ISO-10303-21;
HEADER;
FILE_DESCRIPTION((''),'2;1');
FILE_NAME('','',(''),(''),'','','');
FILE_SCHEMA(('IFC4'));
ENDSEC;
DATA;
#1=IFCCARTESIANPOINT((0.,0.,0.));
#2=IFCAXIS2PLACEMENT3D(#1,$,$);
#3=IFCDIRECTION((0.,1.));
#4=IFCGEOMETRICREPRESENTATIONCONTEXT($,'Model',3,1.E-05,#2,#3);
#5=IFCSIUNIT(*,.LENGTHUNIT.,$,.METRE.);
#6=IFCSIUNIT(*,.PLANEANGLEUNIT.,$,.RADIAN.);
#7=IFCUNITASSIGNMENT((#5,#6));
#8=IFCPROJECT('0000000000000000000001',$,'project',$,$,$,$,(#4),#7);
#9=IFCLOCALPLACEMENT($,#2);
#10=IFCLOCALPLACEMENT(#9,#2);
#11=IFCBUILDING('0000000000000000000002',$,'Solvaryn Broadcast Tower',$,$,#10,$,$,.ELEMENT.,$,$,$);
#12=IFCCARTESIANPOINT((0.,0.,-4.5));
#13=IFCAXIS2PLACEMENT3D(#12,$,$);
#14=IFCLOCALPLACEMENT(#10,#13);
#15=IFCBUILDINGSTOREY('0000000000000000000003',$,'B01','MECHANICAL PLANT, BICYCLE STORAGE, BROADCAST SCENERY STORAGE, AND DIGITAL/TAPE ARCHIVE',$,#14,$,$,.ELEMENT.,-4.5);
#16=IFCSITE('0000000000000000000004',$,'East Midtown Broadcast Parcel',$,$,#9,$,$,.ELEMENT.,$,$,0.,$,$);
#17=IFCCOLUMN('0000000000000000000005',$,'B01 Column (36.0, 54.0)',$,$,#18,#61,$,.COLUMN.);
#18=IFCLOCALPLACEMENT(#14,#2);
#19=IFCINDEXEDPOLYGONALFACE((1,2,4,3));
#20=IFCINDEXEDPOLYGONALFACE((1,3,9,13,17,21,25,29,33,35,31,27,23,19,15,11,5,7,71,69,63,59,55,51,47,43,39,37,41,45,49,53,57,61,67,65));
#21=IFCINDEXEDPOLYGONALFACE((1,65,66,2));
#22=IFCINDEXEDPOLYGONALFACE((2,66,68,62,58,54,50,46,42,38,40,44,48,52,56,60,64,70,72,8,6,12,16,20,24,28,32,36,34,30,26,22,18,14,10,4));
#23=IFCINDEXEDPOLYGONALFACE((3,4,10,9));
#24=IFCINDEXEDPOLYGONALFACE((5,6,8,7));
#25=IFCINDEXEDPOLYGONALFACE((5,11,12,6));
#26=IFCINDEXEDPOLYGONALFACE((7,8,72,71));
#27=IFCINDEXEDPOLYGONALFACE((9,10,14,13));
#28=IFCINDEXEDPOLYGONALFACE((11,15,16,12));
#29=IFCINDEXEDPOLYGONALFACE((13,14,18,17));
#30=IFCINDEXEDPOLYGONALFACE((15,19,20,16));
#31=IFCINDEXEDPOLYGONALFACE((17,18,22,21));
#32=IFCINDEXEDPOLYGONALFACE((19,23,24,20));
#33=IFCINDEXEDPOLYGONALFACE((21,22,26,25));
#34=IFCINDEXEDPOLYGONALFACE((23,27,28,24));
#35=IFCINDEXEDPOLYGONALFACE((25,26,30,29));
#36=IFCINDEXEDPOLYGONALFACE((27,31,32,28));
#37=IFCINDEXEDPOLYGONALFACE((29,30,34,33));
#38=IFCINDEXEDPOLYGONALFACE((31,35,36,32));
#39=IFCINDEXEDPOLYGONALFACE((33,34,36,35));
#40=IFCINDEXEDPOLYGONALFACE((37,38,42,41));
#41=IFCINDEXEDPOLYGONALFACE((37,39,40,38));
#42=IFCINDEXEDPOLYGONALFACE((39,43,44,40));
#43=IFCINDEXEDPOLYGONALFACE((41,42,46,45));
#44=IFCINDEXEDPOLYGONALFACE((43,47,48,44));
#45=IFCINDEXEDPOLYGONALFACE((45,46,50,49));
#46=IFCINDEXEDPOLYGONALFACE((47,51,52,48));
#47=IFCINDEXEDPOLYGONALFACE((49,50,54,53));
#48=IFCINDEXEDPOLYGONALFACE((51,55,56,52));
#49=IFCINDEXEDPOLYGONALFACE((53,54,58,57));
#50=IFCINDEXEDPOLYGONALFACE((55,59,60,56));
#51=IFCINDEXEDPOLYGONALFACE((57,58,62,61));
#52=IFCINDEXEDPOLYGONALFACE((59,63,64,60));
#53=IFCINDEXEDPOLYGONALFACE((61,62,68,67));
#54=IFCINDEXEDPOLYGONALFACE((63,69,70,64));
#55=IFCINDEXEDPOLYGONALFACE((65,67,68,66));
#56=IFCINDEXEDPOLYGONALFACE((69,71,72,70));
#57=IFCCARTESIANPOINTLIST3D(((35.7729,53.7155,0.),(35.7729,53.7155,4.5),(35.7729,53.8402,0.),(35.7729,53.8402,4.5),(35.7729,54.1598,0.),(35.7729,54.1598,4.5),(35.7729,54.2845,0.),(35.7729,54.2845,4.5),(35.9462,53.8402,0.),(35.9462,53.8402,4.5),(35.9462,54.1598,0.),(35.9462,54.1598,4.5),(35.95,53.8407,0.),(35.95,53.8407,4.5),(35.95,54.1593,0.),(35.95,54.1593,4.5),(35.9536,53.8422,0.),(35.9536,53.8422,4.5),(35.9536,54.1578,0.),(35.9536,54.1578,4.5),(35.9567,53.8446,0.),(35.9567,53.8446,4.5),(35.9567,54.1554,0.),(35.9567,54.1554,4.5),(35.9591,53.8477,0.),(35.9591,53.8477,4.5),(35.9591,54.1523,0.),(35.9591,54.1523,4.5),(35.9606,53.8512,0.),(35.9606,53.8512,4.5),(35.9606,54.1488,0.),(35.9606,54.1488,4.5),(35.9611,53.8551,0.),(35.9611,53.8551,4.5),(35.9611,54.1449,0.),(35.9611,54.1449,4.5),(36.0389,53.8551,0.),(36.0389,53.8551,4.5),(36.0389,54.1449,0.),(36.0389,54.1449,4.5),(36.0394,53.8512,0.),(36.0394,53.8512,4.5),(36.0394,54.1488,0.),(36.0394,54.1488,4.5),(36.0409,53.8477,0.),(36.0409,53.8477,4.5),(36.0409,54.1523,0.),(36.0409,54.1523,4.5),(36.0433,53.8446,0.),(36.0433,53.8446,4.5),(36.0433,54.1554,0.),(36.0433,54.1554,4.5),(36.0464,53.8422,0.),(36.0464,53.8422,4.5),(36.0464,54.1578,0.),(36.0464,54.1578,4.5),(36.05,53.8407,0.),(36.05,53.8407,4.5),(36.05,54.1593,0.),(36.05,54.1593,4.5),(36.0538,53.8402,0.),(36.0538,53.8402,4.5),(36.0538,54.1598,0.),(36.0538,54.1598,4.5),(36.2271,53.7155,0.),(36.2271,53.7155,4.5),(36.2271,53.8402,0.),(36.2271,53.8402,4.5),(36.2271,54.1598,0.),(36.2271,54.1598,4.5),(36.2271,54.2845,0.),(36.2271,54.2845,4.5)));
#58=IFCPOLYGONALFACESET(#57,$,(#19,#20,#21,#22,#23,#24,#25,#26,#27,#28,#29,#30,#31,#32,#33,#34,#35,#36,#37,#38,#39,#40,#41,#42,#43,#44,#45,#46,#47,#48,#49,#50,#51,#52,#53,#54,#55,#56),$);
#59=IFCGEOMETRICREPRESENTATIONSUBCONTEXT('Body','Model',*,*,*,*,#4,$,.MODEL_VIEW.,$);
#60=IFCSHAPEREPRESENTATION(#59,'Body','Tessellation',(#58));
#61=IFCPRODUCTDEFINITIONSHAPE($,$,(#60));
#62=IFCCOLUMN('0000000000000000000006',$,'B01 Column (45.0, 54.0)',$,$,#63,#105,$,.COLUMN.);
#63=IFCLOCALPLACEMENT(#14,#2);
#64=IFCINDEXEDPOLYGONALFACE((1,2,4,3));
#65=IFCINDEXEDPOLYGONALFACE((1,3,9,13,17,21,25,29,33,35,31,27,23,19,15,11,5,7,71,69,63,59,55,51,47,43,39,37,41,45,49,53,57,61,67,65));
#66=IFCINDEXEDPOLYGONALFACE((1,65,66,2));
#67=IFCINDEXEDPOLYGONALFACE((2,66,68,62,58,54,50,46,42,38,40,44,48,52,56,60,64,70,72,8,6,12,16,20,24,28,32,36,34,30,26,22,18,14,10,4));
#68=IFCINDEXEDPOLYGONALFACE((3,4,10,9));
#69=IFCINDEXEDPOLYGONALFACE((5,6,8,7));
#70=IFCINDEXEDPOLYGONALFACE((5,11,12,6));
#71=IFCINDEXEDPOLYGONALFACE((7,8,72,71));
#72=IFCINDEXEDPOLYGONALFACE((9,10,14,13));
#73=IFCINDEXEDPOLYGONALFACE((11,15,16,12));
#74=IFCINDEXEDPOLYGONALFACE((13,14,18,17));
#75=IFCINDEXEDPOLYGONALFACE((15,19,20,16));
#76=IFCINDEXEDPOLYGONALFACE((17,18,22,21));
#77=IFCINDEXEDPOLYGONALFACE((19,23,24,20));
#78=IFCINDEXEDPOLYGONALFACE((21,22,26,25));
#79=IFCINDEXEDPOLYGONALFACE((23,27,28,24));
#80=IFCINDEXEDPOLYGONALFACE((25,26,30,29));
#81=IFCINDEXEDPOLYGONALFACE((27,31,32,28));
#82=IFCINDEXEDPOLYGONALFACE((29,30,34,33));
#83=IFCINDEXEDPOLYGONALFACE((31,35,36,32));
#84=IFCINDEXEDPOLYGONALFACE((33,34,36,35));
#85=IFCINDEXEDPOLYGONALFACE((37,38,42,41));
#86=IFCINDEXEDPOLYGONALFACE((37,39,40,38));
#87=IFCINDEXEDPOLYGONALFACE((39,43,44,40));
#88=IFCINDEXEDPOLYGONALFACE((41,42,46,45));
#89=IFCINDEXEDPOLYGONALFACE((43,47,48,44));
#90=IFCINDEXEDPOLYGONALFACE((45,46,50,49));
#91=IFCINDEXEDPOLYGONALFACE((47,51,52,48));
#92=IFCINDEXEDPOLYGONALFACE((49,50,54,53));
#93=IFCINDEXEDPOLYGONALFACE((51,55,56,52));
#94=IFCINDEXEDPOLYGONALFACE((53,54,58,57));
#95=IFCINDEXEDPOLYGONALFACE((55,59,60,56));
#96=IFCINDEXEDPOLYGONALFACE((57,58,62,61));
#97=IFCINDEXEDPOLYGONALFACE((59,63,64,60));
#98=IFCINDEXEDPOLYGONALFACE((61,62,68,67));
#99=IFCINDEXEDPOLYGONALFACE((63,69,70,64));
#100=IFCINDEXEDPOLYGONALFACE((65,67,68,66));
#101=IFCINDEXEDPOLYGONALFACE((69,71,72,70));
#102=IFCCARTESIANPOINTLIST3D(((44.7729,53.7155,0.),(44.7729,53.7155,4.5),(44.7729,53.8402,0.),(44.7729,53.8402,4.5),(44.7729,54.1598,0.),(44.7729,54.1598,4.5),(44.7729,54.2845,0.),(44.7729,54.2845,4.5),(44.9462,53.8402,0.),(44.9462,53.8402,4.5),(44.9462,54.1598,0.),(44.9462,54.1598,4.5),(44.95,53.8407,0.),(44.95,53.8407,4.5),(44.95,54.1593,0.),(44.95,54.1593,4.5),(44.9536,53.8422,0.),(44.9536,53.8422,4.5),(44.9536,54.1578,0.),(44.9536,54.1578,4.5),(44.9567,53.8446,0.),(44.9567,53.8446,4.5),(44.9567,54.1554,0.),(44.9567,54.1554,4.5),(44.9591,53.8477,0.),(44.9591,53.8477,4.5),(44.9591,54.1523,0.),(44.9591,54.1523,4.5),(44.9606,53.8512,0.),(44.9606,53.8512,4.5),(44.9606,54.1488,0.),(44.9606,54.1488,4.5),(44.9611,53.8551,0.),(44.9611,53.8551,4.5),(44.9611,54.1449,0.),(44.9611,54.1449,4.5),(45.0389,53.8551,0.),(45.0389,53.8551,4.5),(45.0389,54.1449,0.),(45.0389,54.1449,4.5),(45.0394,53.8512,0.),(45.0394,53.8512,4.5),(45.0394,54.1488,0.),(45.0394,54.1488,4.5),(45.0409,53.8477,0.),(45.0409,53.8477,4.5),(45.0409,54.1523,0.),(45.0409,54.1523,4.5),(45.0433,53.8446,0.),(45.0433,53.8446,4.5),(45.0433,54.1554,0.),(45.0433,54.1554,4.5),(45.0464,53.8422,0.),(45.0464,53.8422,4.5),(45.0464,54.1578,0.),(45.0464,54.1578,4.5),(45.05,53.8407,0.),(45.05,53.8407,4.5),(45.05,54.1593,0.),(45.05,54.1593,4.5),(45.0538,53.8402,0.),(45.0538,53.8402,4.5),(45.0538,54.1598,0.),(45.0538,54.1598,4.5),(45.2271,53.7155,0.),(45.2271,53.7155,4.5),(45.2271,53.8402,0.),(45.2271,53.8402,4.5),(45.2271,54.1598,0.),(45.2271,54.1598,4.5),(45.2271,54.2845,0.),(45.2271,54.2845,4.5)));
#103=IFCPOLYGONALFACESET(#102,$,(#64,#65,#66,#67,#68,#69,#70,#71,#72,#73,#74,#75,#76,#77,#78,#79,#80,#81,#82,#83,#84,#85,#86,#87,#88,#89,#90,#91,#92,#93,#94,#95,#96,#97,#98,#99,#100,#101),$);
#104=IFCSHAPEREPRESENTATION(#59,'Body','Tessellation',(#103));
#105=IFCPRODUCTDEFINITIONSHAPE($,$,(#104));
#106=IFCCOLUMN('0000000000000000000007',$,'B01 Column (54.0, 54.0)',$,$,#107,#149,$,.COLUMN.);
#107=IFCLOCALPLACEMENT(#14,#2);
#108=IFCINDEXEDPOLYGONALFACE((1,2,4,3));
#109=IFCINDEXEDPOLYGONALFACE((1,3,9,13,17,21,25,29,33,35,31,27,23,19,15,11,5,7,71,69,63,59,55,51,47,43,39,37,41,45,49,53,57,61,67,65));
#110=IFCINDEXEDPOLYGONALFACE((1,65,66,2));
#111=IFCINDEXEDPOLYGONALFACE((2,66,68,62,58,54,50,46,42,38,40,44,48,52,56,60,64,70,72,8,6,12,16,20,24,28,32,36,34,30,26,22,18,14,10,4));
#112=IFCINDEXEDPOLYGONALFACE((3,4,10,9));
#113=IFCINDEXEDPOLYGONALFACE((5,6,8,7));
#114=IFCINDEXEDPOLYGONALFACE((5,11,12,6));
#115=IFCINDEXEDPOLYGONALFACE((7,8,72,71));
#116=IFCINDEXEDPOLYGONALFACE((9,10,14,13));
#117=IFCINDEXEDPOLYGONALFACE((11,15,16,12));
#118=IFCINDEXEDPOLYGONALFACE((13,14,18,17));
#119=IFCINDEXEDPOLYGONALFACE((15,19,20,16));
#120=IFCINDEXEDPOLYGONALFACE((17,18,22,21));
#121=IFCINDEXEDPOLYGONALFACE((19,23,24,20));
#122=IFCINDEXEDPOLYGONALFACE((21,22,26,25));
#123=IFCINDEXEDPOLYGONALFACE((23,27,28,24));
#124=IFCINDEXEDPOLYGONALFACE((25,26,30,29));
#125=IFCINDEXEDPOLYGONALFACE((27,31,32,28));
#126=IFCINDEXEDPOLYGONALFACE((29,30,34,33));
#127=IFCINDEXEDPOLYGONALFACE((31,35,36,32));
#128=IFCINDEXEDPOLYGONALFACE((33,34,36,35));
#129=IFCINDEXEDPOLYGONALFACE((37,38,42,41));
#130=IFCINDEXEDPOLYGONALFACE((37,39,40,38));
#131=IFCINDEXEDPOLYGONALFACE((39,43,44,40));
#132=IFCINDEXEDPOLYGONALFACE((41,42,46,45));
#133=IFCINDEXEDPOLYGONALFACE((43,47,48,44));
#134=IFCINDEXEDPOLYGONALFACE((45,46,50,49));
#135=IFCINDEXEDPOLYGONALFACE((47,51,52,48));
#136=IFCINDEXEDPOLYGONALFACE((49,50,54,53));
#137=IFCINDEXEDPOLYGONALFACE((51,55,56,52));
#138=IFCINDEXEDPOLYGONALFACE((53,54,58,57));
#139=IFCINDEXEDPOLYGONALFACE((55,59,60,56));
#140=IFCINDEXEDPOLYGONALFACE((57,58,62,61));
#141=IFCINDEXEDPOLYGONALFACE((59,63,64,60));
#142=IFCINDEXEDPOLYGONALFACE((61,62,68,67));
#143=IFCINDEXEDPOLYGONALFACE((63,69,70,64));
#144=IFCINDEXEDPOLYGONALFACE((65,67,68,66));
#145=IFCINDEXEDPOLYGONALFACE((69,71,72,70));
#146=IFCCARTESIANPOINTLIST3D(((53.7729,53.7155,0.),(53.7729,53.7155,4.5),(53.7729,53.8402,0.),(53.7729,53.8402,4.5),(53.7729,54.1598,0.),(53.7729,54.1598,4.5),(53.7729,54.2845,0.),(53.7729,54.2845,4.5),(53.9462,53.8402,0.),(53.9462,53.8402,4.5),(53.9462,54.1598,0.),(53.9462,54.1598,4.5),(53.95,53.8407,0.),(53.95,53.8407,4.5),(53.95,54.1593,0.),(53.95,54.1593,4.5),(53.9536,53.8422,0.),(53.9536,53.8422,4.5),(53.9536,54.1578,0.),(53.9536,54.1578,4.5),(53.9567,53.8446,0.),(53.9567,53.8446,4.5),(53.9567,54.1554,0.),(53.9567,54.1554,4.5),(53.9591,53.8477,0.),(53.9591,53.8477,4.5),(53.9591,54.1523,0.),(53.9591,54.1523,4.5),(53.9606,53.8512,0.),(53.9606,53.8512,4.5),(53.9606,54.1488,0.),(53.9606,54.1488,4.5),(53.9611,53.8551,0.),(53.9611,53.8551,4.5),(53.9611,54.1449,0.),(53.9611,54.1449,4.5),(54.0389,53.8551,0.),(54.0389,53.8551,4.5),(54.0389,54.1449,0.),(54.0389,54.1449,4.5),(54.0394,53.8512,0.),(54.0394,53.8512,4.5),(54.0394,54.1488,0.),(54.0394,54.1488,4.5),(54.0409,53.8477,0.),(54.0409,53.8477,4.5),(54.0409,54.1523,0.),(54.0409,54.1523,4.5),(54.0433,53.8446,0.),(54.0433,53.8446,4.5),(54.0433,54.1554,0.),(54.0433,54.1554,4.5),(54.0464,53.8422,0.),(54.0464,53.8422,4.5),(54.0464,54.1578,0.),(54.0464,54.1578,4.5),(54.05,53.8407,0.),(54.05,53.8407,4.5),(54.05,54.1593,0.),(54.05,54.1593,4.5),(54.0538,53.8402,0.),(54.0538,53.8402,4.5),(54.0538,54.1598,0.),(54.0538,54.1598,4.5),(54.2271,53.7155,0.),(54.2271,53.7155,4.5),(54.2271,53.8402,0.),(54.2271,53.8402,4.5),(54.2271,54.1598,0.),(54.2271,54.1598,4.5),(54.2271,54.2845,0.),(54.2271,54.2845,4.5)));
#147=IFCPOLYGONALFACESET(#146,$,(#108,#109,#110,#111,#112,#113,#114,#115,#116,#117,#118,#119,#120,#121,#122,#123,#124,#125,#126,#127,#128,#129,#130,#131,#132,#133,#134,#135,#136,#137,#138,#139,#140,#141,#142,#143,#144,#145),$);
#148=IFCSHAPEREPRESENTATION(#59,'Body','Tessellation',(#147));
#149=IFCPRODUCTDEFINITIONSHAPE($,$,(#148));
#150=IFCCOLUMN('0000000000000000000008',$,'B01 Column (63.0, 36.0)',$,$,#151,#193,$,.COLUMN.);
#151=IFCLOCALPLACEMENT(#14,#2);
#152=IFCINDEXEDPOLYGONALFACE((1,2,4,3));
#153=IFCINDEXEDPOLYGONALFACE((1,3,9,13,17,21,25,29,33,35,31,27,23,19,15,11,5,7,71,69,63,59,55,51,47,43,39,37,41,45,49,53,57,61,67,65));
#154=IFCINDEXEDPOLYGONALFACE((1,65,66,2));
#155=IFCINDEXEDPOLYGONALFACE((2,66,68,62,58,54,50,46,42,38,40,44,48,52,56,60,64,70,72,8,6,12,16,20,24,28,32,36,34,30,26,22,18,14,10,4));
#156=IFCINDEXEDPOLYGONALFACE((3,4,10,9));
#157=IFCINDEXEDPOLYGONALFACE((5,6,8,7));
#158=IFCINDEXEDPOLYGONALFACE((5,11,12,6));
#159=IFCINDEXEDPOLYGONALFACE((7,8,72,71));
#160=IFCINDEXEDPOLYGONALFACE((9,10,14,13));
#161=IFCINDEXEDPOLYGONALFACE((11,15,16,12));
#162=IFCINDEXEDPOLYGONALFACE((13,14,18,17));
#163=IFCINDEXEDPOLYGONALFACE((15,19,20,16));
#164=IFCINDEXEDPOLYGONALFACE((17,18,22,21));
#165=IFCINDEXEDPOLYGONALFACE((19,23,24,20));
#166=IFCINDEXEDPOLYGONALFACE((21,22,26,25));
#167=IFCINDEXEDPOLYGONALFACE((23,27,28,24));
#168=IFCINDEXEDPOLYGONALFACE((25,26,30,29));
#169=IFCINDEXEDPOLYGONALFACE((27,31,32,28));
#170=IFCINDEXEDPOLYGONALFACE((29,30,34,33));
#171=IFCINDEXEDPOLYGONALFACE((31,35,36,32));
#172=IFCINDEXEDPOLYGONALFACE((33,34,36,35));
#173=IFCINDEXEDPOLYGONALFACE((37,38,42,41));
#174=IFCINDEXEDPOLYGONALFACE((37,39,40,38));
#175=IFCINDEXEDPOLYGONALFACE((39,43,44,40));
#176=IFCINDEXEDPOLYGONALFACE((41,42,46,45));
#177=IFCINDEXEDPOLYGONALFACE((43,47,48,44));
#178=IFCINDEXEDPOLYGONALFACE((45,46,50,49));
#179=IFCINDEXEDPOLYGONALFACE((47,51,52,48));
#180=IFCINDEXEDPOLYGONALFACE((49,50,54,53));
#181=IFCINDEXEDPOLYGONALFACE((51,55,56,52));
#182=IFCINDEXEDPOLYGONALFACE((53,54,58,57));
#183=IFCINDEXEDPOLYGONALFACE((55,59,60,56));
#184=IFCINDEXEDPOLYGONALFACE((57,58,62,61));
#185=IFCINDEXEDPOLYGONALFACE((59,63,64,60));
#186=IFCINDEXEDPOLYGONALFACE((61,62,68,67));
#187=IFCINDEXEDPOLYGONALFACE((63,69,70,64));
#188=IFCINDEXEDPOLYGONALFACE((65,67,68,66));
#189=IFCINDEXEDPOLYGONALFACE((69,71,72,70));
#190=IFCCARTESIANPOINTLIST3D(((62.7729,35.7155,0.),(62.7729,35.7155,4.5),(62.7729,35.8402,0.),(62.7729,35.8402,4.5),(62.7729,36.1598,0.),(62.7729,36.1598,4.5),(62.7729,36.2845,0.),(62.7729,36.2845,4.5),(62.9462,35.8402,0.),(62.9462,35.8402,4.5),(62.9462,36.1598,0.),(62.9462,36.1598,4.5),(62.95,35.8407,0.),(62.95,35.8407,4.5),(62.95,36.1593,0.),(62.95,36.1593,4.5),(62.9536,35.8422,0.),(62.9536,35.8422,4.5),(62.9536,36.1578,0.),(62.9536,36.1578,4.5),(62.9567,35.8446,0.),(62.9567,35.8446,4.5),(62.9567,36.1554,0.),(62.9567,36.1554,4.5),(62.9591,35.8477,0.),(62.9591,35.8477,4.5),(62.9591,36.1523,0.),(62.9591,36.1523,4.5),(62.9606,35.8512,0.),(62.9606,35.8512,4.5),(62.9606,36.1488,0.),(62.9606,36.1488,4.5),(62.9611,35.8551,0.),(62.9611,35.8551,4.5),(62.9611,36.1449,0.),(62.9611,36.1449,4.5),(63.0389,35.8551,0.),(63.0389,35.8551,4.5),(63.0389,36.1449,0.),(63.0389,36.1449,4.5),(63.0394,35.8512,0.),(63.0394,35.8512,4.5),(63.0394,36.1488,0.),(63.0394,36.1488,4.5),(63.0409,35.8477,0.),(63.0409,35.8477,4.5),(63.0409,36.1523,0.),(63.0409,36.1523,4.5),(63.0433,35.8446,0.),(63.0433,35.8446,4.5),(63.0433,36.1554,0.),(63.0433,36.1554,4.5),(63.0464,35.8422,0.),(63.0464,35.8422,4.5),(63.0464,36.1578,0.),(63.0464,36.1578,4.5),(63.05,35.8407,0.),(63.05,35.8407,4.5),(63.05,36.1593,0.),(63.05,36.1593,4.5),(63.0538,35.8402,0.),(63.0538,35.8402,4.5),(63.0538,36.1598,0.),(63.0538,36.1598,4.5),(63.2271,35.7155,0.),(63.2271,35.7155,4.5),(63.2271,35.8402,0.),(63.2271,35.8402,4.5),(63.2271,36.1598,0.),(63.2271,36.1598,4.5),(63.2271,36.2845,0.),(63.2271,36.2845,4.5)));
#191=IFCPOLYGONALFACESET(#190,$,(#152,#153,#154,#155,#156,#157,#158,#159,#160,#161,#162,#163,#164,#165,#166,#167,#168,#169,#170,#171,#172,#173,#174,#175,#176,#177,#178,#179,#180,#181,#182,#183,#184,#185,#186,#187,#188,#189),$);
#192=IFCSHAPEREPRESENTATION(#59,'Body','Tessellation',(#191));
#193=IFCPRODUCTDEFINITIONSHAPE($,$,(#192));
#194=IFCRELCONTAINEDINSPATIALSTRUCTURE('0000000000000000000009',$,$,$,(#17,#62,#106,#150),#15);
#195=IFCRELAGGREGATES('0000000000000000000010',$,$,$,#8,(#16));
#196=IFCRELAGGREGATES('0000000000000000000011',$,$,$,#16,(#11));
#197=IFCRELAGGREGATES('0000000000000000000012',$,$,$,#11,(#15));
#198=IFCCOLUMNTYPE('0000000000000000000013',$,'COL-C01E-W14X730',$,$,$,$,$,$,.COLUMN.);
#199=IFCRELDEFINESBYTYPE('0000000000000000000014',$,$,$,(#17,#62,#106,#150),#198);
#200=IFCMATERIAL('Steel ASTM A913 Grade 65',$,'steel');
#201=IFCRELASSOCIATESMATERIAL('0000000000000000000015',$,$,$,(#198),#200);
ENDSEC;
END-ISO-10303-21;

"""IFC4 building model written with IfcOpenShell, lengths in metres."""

from ifc_helpers import new_model, si_unit, direction, frame, origin, origin_2d, place, context, subcontext, project, spatial, i_section, extrude, material, material_profile, profile_set, type_object, element, save


model = new_model("IFC4")

# Units and contexts
model_context = context("Model", 3, precision=1e-05, world=origin(), true_north=direction((0.0, 1.0)))
body_context = subcontext(model_context, "Body", "Model", "MODEL_VIEW")
ifc_project = project(units=[si_unit("LENGTHUNIT", "METRE"), si_unit("PLANEANGLEUNIT", "RADIAN")], contexts=[model_context])

# Site, building, storey
site_placement = place(None, origin())
site = spatial("IfcSite", under=ifc_project, at=site_placement, Name="East Midtown Broadcast Parcel", CompositionType="ELEMENT", RefElevation=0.0)
building_placement = place(site_placement, origin())
building = spatial("IfcBuilding", under=site, at=building_placement, Name="Solvaryn Broadcast Tower", CompositionType="ELEMENT")
storey_placement = place(building_placement, frame((0.0, 0.0, -4.5)))
storey = spatial("IfcBuildingStorey", under=building, at=storey_placement, Name="B01", Description="MECHANICAL PLANT, BICYCLE STORAGE, BROADCAST SCENERY STORAGE, AND DIGITAL/TAPE ARCHIVE", CompositionType="ELEMENT", Elevation=-4.5)

# Columns
ifc_material_1 = material(Name="Steel ASTM A913 Grade 65", Category="steel")
ifc_material_profile_1 = material_profile(ifc_material_1, i_section(OverallWidth=0.4541, OverallDepth=0.5691, WebThickness=0.0779, FlangeThickness=0.1248, FilletRadius=0.0149, at=origin_2d()))
ifc_profile_set_1 = profile_set([ifc_material_profile_1], Name="Steel ASTM A913 Grade 65")
column_type_1 = type_object("IfcColumnType", Name="COL-C01E-W14X730", PredefinedType="COLUMN", material=ifc_profile_set_1)
for number, where, z_axis, x_axis, name in (
    (1, (36.0, 54.0, 0.0), (0.0, 0.0, 1.0), (1.0, 0.0, 0.0), "B01 Column (36.0, 54.0)"),
    (2, (45.0, 54.0, 0.0), (0.0, 0.0, 1.0), (1.0, 0.0, 0.0), "B01 Column (45.0, 54.0)"),
    (3, (54.0, 54.0, 0.0), (0.0, 0.0, 1.0), (1.0, 0.0, 0.0), "B01 Column (54.0, 54.0)"),
    (4, (63.0, 36.0, 0.0), (0.0, 0.0, 1.0), (1.0, 0.0, 0.0), "B01 Column (63.0, 36.0)"),
):
    element("IfcColumn", number, at=place(storey_placement, frame(where, z_axis=z_axis, x_axis=x_axis)), inside=storey, type_object=column_type_1, Name=name, PredefinedType="COLUMN", context=body_context, shape_type="SweptSolid", body=[
        extrude(i_section(OverallWidth=0.4541, OverallDepth=0.5691, WebThickness=0.0779, FlangeThickness=0.1248, FilletRadius=0.0149, at=origin_2d()), origin(), (0.0, 0.0, 1.0), 4.5),
    ])

save(model, "model.ifc")
